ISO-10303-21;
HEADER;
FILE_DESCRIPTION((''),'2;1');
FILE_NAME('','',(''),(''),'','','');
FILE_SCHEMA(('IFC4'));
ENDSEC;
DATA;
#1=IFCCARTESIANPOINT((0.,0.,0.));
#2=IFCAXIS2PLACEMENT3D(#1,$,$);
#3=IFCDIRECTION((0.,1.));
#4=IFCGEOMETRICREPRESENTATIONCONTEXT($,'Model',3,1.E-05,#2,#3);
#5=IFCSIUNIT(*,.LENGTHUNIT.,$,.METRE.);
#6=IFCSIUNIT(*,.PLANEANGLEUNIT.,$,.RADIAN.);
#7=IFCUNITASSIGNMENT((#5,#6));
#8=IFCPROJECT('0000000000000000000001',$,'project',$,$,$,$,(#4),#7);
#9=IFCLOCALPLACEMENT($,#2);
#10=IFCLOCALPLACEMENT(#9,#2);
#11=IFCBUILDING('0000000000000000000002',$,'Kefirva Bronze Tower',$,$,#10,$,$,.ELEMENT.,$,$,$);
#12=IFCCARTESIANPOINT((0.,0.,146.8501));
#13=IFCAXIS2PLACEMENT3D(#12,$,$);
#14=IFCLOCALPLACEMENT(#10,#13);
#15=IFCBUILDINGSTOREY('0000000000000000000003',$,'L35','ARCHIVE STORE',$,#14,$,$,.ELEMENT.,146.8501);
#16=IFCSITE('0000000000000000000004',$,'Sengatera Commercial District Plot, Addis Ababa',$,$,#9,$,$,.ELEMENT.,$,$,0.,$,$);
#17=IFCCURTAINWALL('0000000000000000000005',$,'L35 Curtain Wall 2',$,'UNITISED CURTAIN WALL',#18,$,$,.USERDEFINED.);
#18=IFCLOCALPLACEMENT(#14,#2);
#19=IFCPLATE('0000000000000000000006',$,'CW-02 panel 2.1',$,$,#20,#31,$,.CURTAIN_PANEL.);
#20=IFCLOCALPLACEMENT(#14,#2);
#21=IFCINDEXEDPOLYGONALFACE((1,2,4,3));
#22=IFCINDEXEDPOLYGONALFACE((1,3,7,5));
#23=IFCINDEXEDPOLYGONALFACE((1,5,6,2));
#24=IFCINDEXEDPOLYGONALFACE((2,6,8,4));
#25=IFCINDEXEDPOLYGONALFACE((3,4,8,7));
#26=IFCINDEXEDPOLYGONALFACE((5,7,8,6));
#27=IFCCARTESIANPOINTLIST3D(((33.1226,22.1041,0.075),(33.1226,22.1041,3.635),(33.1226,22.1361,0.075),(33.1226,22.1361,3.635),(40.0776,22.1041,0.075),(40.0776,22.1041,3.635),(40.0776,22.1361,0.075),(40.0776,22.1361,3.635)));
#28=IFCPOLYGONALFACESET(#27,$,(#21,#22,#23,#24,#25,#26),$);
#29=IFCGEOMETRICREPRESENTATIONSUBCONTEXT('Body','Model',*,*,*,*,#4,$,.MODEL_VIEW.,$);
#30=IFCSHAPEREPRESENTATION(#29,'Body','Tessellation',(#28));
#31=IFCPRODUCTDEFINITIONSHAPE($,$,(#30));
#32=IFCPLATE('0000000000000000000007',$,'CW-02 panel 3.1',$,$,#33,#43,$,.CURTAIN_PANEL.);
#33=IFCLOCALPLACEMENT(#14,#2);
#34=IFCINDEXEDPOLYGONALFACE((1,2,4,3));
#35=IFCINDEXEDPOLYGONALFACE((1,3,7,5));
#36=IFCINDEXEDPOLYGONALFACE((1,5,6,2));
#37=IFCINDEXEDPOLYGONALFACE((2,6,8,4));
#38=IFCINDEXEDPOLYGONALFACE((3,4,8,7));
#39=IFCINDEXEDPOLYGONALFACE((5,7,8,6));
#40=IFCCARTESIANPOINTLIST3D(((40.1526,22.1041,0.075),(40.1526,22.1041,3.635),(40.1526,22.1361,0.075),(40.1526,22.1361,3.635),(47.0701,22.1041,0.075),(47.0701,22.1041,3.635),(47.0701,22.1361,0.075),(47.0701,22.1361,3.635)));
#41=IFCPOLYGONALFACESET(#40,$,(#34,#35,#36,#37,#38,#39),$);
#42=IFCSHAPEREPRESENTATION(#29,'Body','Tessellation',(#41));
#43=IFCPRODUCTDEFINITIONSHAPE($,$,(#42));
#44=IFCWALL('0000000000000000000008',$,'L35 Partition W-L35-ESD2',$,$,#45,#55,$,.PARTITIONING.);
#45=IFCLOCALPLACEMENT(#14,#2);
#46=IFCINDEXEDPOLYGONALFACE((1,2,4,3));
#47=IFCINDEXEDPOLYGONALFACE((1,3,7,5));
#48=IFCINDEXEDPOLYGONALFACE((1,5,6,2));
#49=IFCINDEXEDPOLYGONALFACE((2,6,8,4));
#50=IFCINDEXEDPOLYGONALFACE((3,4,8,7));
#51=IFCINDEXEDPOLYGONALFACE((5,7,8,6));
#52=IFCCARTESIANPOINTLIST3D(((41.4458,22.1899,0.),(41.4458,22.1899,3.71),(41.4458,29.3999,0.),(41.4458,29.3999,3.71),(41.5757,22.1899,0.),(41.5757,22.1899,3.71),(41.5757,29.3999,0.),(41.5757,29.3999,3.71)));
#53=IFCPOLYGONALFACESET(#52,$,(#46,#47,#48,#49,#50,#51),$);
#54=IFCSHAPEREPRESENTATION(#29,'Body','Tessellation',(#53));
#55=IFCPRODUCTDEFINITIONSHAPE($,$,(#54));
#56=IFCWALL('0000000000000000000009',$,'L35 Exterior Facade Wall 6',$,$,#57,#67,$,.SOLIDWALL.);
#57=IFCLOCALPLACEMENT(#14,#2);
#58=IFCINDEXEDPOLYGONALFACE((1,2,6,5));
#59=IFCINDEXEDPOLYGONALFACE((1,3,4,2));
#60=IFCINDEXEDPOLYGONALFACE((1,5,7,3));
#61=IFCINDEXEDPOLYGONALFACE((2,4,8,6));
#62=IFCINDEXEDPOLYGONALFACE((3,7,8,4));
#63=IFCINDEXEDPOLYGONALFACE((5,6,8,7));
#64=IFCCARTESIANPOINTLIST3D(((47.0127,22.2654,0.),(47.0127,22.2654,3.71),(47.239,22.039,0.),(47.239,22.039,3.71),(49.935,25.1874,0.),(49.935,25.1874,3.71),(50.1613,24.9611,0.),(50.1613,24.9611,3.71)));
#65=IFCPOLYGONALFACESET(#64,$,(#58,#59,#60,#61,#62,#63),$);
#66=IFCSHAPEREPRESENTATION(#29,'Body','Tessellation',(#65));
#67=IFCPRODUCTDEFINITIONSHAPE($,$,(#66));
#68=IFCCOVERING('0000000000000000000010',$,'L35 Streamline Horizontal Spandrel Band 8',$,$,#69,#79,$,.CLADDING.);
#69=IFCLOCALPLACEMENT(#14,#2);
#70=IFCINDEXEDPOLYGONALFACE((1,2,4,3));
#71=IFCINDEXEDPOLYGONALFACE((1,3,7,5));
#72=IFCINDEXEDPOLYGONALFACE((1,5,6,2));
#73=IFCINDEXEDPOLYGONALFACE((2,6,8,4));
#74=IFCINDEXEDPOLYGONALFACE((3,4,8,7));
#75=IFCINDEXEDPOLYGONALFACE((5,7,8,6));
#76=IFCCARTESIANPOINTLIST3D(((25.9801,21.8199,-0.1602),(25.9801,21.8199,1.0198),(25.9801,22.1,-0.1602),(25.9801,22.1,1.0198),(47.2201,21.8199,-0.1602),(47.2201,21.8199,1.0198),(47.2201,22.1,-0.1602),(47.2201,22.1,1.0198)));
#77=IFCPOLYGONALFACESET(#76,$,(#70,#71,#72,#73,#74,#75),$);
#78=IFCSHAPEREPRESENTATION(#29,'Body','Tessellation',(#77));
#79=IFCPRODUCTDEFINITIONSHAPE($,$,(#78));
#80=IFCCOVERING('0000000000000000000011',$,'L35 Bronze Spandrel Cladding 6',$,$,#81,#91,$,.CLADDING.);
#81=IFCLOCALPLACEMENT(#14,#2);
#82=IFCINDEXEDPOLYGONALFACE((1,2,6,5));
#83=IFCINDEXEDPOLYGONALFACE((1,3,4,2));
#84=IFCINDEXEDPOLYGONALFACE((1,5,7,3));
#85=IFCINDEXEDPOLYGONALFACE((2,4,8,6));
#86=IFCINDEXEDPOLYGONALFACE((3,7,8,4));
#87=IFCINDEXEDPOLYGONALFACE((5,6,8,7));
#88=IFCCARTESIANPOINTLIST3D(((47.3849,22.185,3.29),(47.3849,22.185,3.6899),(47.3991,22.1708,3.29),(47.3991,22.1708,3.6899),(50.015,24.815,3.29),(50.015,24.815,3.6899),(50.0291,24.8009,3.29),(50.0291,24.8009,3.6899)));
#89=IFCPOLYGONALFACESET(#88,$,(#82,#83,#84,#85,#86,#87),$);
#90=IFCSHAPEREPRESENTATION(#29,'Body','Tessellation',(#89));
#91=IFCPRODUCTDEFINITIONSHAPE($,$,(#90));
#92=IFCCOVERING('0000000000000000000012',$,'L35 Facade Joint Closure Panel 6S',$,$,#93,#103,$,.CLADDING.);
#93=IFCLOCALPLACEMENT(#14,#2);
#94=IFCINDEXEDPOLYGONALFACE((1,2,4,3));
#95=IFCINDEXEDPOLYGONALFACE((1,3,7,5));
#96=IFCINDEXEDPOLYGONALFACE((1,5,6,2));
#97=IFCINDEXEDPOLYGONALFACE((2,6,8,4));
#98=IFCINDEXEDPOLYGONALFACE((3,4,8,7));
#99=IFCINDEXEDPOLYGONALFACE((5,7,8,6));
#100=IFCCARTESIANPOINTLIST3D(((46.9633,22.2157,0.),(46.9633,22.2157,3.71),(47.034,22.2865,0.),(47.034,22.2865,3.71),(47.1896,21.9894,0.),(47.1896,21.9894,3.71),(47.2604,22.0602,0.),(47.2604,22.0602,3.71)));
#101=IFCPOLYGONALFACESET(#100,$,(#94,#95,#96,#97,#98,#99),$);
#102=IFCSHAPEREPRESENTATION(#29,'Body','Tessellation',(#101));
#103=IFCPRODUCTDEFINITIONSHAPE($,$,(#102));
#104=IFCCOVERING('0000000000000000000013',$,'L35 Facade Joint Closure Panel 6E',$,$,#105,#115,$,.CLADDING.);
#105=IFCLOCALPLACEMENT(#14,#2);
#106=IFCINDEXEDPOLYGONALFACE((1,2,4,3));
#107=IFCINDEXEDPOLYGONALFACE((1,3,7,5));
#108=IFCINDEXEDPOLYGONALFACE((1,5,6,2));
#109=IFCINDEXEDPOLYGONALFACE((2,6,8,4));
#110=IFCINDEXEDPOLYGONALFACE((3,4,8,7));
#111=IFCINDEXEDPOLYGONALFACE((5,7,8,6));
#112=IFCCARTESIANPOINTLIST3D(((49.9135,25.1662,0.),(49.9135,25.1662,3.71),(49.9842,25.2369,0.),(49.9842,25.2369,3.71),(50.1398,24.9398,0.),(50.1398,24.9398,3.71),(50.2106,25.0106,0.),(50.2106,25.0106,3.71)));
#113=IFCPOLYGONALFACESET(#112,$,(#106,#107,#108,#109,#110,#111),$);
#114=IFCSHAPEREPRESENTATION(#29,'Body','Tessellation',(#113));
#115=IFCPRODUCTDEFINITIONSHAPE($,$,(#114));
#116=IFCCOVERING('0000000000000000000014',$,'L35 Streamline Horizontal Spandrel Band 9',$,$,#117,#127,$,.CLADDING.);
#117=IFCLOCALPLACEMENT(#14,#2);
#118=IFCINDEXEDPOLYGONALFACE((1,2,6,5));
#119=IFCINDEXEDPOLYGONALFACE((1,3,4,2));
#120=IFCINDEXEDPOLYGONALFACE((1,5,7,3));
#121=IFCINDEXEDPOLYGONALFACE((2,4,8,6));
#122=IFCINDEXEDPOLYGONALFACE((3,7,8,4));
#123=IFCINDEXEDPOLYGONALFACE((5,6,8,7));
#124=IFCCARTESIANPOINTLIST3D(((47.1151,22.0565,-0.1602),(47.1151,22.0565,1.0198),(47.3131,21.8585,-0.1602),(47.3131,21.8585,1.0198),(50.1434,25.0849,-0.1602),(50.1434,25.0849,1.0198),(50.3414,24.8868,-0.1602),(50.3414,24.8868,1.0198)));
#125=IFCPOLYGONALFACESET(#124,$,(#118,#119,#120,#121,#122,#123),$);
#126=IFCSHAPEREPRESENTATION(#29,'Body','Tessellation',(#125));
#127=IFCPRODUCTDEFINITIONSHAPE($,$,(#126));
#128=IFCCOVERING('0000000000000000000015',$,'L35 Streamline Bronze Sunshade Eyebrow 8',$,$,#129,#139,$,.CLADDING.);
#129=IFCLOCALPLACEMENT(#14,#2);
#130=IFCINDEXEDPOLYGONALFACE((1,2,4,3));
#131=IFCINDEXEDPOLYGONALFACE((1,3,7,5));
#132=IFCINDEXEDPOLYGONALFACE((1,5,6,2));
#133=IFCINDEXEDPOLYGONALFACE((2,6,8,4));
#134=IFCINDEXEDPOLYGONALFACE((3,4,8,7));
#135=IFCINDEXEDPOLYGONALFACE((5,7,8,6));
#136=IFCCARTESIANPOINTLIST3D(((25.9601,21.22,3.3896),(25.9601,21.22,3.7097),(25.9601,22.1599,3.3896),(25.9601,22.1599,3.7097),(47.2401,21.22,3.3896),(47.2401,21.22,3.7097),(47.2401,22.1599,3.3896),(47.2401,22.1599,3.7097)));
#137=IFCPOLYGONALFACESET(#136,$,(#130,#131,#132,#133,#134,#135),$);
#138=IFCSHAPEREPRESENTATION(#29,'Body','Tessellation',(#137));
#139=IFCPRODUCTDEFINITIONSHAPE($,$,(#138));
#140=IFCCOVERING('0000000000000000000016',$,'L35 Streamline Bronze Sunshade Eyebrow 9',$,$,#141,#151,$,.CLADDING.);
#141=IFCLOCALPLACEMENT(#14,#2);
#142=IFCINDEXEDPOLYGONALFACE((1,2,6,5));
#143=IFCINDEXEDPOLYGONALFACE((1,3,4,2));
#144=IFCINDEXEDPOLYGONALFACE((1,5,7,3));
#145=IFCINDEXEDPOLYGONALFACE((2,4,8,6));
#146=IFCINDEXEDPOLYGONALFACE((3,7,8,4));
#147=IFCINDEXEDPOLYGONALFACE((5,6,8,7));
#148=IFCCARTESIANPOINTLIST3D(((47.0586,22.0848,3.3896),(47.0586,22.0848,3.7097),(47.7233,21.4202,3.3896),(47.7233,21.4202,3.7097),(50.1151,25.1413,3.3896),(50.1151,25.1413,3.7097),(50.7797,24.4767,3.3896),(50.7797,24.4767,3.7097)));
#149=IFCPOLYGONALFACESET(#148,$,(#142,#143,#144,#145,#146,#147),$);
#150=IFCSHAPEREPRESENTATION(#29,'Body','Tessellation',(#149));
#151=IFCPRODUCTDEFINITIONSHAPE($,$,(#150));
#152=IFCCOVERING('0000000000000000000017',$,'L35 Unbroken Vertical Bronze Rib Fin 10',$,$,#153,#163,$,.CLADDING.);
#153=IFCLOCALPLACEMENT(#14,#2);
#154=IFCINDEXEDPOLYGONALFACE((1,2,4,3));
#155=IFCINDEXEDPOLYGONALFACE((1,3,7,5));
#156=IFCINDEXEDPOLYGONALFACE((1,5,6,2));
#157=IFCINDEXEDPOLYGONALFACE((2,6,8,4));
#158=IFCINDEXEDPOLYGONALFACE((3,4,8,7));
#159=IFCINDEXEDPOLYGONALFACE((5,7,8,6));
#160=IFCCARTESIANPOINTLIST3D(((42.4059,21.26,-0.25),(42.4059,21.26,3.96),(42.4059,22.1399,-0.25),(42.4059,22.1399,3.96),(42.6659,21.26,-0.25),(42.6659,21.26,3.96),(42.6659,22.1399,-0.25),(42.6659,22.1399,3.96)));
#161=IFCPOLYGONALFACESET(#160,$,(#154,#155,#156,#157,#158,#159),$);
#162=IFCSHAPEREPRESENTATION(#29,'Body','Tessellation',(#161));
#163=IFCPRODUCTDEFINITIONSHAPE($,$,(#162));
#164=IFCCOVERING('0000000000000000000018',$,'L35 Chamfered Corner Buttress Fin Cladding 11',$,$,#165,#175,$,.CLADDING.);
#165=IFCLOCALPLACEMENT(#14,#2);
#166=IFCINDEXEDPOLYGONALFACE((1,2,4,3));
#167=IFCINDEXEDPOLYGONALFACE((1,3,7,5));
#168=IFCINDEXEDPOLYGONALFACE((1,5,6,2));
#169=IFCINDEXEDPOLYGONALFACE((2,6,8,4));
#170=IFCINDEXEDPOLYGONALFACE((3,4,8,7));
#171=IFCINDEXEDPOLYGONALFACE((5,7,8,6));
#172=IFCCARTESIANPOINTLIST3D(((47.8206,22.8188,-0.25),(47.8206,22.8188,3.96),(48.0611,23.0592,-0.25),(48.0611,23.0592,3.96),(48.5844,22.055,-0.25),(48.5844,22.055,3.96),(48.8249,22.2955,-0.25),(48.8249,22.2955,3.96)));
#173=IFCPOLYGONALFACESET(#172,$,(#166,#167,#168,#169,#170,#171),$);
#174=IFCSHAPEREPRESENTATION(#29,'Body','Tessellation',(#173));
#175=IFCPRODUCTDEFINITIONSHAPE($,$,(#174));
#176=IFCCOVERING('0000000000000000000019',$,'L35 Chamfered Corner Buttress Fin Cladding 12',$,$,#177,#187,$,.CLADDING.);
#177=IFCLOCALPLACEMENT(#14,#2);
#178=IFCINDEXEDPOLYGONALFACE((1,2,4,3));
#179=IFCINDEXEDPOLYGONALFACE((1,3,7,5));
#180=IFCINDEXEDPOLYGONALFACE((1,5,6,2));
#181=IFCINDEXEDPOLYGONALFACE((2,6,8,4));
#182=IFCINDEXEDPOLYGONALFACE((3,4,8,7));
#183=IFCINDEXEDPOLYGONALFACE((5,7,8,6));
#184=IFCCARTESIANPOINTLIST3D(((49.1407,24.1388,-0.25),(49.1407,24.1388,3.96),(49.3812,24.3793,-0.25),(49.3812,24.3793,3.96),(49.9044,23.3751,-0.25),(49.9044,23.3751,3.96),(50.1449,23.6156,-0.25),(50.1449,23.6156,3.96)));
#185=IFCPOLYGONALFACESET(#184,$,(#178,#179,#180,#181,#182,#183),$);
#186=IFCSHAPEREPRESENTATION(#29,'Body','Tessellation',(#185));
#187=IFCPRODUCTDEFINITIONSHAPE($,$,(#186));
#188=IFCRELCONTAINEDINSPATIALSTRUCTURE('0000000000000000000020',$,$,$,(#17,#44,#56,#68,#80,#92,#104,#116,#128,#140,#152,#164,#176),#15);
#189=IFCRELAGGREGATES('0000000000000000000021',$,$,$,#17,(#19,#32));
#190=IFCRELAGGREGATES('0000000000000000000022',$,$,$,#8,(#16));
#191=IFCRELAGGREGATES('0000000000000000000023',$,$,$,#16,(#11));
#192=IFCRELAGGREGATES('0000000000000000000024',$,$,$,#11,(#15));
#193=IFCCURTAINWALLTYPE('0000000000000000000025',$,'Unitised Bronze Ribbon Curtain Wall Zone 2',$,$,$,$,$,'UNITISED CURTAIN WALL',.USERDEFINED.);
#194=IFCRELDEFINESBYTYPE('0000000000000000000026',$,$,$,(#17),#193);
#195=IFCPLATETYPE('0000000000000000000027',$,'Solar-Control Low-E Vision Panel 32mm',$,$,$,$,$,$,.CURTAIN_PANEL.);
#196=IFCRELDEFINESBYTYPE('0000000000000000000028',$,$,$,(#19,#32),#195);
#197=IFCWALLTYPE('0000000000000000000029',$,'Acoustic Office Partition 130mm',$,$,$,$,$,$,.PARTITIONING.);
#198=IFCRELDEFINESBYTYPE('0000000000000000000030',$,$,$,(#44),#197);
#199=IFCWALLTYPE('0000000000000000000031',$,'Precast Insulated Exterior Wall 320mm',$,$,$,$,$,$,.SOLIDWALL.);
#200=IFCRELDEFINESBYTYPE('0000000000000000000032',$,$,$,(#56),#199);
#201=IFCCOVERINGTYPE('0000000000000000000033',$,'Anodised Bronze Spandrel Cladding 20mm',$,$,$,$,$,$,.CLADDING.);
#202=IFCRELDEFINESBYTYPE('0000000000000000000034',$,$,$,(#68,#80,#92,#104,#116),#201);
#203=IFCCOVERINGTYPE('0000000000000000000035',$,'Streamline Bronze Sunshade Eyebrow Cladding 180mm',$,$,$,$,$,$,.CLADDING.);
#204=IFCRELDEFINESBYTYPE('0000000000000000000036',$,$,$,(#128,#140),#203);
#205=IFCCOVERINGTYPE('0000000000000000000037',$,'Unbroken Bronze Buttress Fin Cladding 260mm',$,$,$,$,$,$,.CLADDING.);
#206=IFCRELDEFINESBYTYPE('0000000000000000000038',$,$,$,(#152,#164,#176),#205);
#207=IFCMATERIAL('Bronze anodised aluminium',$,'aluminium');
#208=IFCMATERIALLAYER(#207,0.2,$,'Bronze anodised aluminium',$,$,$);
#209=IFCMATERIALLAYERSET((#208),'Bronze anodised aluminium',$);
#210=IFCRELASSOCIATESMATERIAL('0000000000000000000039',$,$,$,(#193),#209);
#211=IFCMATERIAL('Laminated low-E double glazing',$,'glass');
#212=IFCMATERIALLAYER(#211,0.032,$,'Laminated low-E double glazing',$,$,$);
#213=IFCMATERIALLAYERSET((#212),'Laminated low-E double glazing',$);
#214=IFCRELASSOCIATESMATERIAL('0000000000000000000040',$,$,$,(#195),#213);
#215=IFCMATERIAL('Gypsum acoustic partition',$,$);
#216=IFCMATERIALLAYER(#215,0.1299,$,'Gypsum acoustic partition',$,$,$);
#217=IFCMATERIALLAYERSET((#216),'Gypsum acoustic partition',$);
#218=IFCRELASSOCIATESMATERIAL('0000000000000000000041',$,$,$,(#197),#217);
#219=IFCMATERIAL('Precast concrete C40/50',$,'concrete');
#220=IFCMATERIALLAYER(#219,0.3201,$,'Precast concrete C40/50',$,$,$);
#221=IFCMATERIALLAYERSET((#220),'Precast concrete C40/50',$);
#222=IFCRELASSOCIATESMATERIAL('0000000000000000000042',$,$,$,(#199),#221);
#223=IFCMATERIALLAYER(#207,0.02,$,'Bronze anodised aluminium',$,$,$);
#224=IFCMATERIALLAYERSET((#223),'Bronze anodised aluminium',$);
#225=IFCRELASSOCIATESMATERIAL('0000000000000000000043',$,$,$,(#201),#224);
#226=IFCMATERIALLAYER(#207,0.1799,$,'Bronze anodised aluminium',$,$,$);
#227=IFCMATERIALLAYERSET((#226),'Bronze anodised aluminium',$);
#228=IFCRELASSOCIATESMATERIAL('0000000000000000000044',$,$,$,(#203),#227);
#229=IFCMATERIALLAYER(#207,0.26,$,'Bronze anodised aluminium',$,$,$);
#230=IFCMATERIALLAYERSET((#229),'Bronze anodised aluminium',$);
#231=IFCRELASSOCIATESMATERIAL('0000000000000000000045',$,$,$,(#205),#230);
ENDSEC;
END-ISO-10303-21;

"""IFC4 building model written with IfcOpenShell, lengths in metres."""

from ifc_helpers import new_model, si_unit, direction, frame, frame_2d, origin, origin_2d, place, context, subcontext, project, spatial, rectangle, extrude, material, layer, layer_set, type_object, element, aggregate, save


model = new_model("IFC4")

# Units and contexts
model_context = context("Model", 3, precision=1e-05, world=origin(), true_north=direction((0.0, 1.0)))
body_context = subcontext(model_context, "Body", "Model", "MODEL_VIEW")
ifc_project = project(units=[si_unit("LENGTHUNIT", "METRE"), si_unit("PLANEANGLEUNIT", "RADIAN")], contexts=[model_context])

# Site, building, storey
site_placement = place(None, origin())
site = spatial("IfcSite", under=ifc_project, at=site_placement, Name="Sengatera Commercial District Plot, Addis Ababa", CompositionType="ELEMENT", RefElevation=0.0)
building_placement = place(site_placement, origin())
building = spatial("IfcBuilding", under=site, at=building_placement, Name="Kefirva Bronze Tower", CompositionType="ELEMENT")
storey_placement = place(building_placement, frame((0.0, 0.0, 146.8501)))
storey = spatial("IfcBuildingStorey", under=building, at=storey_placement, Name="L35", Description="ARCHIVE STORE", CompositionType="ELEMENT", Elevation=146.8501)

# Curtain wall
ifc_material_1 = material(Name="Bronze anodised aluminium", Category="aluminium")
ifc_layer_1 = layer(ifc_material_1, 0.2, Name="Bronze anodised aluminium")
ifc_layer_set_1 = layer_set([ifc_layer_1], Name="Bronze anodised aluminium")
curtain_wall_type = type_object("IfcCurtainWallType", Name="Unitised Bronze Ribbon Curtain Wall Zone 2", ElementType="UNITISED CURTAIN WALL", PredefinedType="USERDEFINED", material=ifc_layer_set_1)
curtain_wall_1_placement = place(storey_placement, origin())
curtain_wall_1 = element("IfcCurtainWall", 1, at=curtain_wall_1_placement, inside=storey, type_object=curtain_wall_type, Name="L35 Curtain Wall 2", ObjectType="UNITISED CURTAIN WALL", PredefinedType="USERDEFINED")

# Plates
ifc_material_2 = material(Name="Laminated low-E double glazing", Category="glass")
ifc_layer_2 = layer(ifc_material_2, 0.032, Name="Laminated low-E double glazing")
ifc_layer_set_2 = layer_set([ifc_layer_2], Name="Laminated low-E double glazing")
plate_type = type_object("IfcPlateType", Name="Solar-Control Low-E Vision Panel 32mm", PredefinedType="CURTAIN_PANEL", material=ifc_layer_set_2)
plate_1_placement = place(storey_placement, frame((36.6001, 22.1201, 0.075), z_axis=(0.0, 0.0, 1.0), x_axis=(1.0, 0.0, 0.0)))
plate_1 = element("IfcPlate", 2, at=plate_1_placement, type_object=plate_type, Name="CW-02 panel 2.1", PredefinedType="CURTAIN_PANEL", context=body_context, shape_type="SweptSolid", body=[
    extrude(rectangle(XDim=6.9551, YDim=0.032, at=origin_2d()), origin(), (0.0, 0.0, 1.0), 3.5601),
])
plate_2_placement = place(storey_placement, frame((43.6113, 22.1201, 0.075), z_axis=(0.0, 0.0, 1.0), x_axis=(1.0, 0.0, 0.0)))
plate_2 = element("IfcPlate", 3, at=plate_2_placement, type_object=plate_type, Name="CW-02 panel 3.1", PredefinedType="CURTAIN_PANEL", context=body_context, shape_type="SweptSolid", body=[
    extrude(rectangle(XDim=6.9175, YDim=0.032, at=origin_2d()), origin(), (0.0, 0.0, 1.0), 3.5601),
])
aggregate(curtain_wall_1, [plate_1, plate_2])

# Walls
ifc_material_3 = material(Name="Gypsum acoustic partition")
ifc_layer_3 = layer(ifc_material_3, 0.1299, Name="Gypsum acoustic partition")
ifc_layer_set_3 = layer_set([ifc_layer_3], Name="Gypsum acoustic partition")
wall_type_1 = type_object("IfcWallType", Name="Acoustic Office Partition 130mm", PredefinedType="PARTITIONING", material=ifc_layer_set_3)
wall_1_placement = place(storey_placement, frame((41.5107, 22.1899, 0.0), z_axis=(0.0, 0.0, 1.0), x_axis=(0.0, 1.0, 0.0)))
element("IfcWall", 4, at=wall_1_placement, inside=storey, type_object=wall_type_1, Name="L35 Partition W-L35-ESD2", PredefinedType="PARTITIONING", context=body_context, shape_type="SweptSolid", body=[
    extrude(rectangle(XDim=7.21, YDim=0.1299, at=frame_2d((3.605, 0.0))), origin(), (0.0, 0.0, 1.0), 3.71),
])
ifc_material_4 = material(Name="Precast concrete C40/50", Category="concrete")
ifc_layer_4 = layer(ifc_material_4, 0.3201, Name="Precast concrete C40/50")
ifc_layer_set_4 = layer_set([ifc_layer_4], Name="Precast concrete C40/50")
wall_type_2 = type_object("IfcWallType", Name="Precast Insulated Exterior Wall 320mm", PredefinedType="SOLIDWALL", material=ifc_layer_set_4)
wall_2_placement = place(storey_placement, frame((47.1257, 22.1521, 0.0), z_axis=(0.0, 0.0, 1.0), x_axis=(0.707136, 0.707077, 0.0)))
element("IfcWall", 5, at=wall_2_placement, inside=storey, type_object=wall_type_2, Name="L35 Exterior Facade Wall 6", PredefinedType="SOLIDWALL", context=body_context, shape_type="SweptSolid", body=[
    extrude(rectangle(XDim=4.1326, YDim=0.3201, at=frame_2d((2.0664, 0.0))), origin(), (0.0, 0.0, 1.0), 3.71),
])

# Coverings
ifc_layer_5 = layer(ifc_material_1, 0.02, Name="Bronze anodised aluminium")
ifc_layer_set_5 = layer_set([ifc_layer_5], Name="Bronze anodised aluminium")
covering_type_1 = type_object("IfcCoveringType", Name="Anodised Bronze Spandrel Cladding 20mm", PredefinedType="CLADDING", material=ifc_layer_set_5)
covering_1_placement = place(storey_placement, frame((36.6001, 21.96, -0.1602), z_axis=(0.0, 0.0, 1.0), x_axis=(1.0, 0.0, 0.0)))
element("IfcCovering", 6, at=covering_1_placement, inside=storey, type_object=covering_type_1, Name="L35 Streamline Horizontal Spandrel Band 8", PredefinedType="CLADDING", context=body_context, shape_type="SweptSolid", body=[
    extrude(rectangle(XDim=21.24, YDim=0.28, at=origin_2d()), origin(), (0.0, 0.0, 1.0), 1.1799),
])
covering_2_placement = place(storey_placement, frame((48.707, 23.4929, 3.29), z_axis=(0.0, 0.0, 1.0), x_axis=(0.707107, 0.707107, 0.0)))
element("IfcCovering", 7, at=covering_2_placement, inside=storey, type_object=covering_type_1, Name="L35 Bronze Spandrel Cladding 6", PredefinedType="CLADDING", context=body_context, shape_type="SweptSolid", body=[
    extrude(rectangle(XDim=3.7195, YDim=0.02, at=origin_2d()), origin(), (0.0, 0.0, 1.0), 0.3999),
])
for number, where, z_axis, x_axis, name in (
    (8, (47.1118, 22.1379, 0.0), (0.0, 0.0, 1.0), (0.707107, 0.707107, 0.0), "L35 Facade Joint Closure Panel 6S"),
    (9, (50.062, 25.0884, 0.0), (0.0, 0.0, 1.0), (0.707107, 0.707107, 0.0), "L35 Facade Joint Closure Panel 6E"),
):
    element("IfcCovering", number, at=place(storey_placement, frame(where, z_axis=z_axis, x_axis=x_axis)), inside=storey, type_object=covering_type_1, Name=name, PredefinedType="CLADDING", context=body_context, shape_type="SweptSolid", body=[
        extrude(rectangle(XDim=0.1001, YDim=0.3201, at=origin_2d()), origin(), (0.0, 0.0, 1.0), 3.71),
    ])
covering_3_placement = place(storey_placement, frame((48.7283, 23.4717, -0.1602), z_axis=(0.0, 0.0, 1.0), x_axis=(0.707107, 0.707107, 0.0)))
element("IfcCovering", 10, at=covering_3_placement, inside=storey, type_object=covering_type_1, Name="L35 Streamline Horizontal Spandrel Band 9", PredefinedType="CLADDING", context=body_context, shape_type="SweptSolid", body=[
    extrude(rectangle(XDim=4.2827, YDim=0.28, at=origin_2d()), origin(), (0.0, 0.0, 1.0), 1.1799),
])
ifc_layer_6 = layer(ifc_material_1, 0.1799, Name="Bronze anodised aluminium")
ifc_layer_set_6 = layer_set([ifc_layer_6], Name="Bronze anodised aluminium")
covering_type_2 = type_object("IfcCoveringType", Name="Streamline Bronze Sunshade Eyebrow Cladding 180mm", PredefinedType="CLADDING", material=ifc_layer_set_6)
covering_4_placement = place(storey_placement, frame((36.6001, 21.6899, 3.3896), z_axis=(0.0, 0.0, 1.0), x_axis=(1.0, 0.0, 0.0)))
element("IfcCovering", 11, at=covering_4_placement, inside=storey, type_object=covering_type_2, Name="L35 Streamline Bronze Sunshade Eyebrow 8", PredefinedType="CLADDING", context=body_context, shape_type="SweptSolid", body=[
    extrude(rectangle(XDim=21.28, YDim=0.9399, at=origin_2d()), origin(), (0.0, 0.0, 1.0), 0.3201),
])
covering_5_placement = place(storey_placement, frame((48.9192, 23.2808, 3.3896), z_axis=(0.0, 0.0, 1.0), x_axis=(0.707107, 0.707107, 0.0)))
element("IfcCovering", 12, at=covering_5_placement, inside=storey, type_object=covering_type_2, Name="L35 Streamline Bronze Sunshade Eyebrow 9", PredefinedType="CLADDING", context=body_context, shape_type="SweptSolid", body=[
    extrude(rectangle(XDim=4.3225, YDim=0.9399, at=origin_2d()), origin(), (0.0, 0.0, 1.0), 0.3201),
])
ifc_layer_7 = layer(ifc_material_1, 0.26, Name="Bronze anodised aluminium")
ifc_layer_set_7 = layer_set([ifc_layer_7], Name="Bronze anodised aluminium")
covering_type_3 = type_object("IfcCoveringType", Name="Unbroken Bronze Buttress Fin Cladding 260mm", PredefinedType="CLADDING", material=ifc_layer_set_7)
covering_6_placement = place(storey_placement, frame((42.5359, 21.7, -0.25), z_axis=(0.0, 0.0, 1.0), x_axis=(1.0, 0.0, 0.0)))
element("IfcCovering", 13, at=covering_6_placement, inside=storey, type_object=covering_type_3, Name="L35 Unbroken Vertical Bronze Rib Fin 10", PredefinedType="CLADDING", context=body_context, shape_type="SweptSolid", body=[
    extrude(rectangle(XDim=0.26, YDim=0.8799, at=origin_2d()), origin(), (0.0, 0.0, 1.0), 4.21),
])
for number, where, z_axis, x_axis, name in (
    (14, (48.3228, 22.5571, -0.25), (0.0, 0.0, 1.0), (0.707107, 0.707107, 0.0), "L35 Chamfered Corner Buttress Fin Cladding 11"),
    (15, (49.6428, 23.8772, -0.25), (0.0, 0.0, 1.0), (0.707107, 0.707107, 0.0), "L35 Chamfered Corner Buttress Fin Cladding 12"),
):
    element("IfcCovering", number, at=place(storey_placement, frame(where, z_axis=z_axis, x_axis=x_axis)), inside=storey, type_object=covering_type_3, Name=name, PredefinedType="CLADDING", context=body_context, shape_type="SweptSolid", body=[
        extrude(rectangle(XDim=0.3401, YDim=1.0801, at=origin_2d()), origin(), (0.0, 0.0, 1.0), 4.21),
    ])

save(model, "model.ifc")
